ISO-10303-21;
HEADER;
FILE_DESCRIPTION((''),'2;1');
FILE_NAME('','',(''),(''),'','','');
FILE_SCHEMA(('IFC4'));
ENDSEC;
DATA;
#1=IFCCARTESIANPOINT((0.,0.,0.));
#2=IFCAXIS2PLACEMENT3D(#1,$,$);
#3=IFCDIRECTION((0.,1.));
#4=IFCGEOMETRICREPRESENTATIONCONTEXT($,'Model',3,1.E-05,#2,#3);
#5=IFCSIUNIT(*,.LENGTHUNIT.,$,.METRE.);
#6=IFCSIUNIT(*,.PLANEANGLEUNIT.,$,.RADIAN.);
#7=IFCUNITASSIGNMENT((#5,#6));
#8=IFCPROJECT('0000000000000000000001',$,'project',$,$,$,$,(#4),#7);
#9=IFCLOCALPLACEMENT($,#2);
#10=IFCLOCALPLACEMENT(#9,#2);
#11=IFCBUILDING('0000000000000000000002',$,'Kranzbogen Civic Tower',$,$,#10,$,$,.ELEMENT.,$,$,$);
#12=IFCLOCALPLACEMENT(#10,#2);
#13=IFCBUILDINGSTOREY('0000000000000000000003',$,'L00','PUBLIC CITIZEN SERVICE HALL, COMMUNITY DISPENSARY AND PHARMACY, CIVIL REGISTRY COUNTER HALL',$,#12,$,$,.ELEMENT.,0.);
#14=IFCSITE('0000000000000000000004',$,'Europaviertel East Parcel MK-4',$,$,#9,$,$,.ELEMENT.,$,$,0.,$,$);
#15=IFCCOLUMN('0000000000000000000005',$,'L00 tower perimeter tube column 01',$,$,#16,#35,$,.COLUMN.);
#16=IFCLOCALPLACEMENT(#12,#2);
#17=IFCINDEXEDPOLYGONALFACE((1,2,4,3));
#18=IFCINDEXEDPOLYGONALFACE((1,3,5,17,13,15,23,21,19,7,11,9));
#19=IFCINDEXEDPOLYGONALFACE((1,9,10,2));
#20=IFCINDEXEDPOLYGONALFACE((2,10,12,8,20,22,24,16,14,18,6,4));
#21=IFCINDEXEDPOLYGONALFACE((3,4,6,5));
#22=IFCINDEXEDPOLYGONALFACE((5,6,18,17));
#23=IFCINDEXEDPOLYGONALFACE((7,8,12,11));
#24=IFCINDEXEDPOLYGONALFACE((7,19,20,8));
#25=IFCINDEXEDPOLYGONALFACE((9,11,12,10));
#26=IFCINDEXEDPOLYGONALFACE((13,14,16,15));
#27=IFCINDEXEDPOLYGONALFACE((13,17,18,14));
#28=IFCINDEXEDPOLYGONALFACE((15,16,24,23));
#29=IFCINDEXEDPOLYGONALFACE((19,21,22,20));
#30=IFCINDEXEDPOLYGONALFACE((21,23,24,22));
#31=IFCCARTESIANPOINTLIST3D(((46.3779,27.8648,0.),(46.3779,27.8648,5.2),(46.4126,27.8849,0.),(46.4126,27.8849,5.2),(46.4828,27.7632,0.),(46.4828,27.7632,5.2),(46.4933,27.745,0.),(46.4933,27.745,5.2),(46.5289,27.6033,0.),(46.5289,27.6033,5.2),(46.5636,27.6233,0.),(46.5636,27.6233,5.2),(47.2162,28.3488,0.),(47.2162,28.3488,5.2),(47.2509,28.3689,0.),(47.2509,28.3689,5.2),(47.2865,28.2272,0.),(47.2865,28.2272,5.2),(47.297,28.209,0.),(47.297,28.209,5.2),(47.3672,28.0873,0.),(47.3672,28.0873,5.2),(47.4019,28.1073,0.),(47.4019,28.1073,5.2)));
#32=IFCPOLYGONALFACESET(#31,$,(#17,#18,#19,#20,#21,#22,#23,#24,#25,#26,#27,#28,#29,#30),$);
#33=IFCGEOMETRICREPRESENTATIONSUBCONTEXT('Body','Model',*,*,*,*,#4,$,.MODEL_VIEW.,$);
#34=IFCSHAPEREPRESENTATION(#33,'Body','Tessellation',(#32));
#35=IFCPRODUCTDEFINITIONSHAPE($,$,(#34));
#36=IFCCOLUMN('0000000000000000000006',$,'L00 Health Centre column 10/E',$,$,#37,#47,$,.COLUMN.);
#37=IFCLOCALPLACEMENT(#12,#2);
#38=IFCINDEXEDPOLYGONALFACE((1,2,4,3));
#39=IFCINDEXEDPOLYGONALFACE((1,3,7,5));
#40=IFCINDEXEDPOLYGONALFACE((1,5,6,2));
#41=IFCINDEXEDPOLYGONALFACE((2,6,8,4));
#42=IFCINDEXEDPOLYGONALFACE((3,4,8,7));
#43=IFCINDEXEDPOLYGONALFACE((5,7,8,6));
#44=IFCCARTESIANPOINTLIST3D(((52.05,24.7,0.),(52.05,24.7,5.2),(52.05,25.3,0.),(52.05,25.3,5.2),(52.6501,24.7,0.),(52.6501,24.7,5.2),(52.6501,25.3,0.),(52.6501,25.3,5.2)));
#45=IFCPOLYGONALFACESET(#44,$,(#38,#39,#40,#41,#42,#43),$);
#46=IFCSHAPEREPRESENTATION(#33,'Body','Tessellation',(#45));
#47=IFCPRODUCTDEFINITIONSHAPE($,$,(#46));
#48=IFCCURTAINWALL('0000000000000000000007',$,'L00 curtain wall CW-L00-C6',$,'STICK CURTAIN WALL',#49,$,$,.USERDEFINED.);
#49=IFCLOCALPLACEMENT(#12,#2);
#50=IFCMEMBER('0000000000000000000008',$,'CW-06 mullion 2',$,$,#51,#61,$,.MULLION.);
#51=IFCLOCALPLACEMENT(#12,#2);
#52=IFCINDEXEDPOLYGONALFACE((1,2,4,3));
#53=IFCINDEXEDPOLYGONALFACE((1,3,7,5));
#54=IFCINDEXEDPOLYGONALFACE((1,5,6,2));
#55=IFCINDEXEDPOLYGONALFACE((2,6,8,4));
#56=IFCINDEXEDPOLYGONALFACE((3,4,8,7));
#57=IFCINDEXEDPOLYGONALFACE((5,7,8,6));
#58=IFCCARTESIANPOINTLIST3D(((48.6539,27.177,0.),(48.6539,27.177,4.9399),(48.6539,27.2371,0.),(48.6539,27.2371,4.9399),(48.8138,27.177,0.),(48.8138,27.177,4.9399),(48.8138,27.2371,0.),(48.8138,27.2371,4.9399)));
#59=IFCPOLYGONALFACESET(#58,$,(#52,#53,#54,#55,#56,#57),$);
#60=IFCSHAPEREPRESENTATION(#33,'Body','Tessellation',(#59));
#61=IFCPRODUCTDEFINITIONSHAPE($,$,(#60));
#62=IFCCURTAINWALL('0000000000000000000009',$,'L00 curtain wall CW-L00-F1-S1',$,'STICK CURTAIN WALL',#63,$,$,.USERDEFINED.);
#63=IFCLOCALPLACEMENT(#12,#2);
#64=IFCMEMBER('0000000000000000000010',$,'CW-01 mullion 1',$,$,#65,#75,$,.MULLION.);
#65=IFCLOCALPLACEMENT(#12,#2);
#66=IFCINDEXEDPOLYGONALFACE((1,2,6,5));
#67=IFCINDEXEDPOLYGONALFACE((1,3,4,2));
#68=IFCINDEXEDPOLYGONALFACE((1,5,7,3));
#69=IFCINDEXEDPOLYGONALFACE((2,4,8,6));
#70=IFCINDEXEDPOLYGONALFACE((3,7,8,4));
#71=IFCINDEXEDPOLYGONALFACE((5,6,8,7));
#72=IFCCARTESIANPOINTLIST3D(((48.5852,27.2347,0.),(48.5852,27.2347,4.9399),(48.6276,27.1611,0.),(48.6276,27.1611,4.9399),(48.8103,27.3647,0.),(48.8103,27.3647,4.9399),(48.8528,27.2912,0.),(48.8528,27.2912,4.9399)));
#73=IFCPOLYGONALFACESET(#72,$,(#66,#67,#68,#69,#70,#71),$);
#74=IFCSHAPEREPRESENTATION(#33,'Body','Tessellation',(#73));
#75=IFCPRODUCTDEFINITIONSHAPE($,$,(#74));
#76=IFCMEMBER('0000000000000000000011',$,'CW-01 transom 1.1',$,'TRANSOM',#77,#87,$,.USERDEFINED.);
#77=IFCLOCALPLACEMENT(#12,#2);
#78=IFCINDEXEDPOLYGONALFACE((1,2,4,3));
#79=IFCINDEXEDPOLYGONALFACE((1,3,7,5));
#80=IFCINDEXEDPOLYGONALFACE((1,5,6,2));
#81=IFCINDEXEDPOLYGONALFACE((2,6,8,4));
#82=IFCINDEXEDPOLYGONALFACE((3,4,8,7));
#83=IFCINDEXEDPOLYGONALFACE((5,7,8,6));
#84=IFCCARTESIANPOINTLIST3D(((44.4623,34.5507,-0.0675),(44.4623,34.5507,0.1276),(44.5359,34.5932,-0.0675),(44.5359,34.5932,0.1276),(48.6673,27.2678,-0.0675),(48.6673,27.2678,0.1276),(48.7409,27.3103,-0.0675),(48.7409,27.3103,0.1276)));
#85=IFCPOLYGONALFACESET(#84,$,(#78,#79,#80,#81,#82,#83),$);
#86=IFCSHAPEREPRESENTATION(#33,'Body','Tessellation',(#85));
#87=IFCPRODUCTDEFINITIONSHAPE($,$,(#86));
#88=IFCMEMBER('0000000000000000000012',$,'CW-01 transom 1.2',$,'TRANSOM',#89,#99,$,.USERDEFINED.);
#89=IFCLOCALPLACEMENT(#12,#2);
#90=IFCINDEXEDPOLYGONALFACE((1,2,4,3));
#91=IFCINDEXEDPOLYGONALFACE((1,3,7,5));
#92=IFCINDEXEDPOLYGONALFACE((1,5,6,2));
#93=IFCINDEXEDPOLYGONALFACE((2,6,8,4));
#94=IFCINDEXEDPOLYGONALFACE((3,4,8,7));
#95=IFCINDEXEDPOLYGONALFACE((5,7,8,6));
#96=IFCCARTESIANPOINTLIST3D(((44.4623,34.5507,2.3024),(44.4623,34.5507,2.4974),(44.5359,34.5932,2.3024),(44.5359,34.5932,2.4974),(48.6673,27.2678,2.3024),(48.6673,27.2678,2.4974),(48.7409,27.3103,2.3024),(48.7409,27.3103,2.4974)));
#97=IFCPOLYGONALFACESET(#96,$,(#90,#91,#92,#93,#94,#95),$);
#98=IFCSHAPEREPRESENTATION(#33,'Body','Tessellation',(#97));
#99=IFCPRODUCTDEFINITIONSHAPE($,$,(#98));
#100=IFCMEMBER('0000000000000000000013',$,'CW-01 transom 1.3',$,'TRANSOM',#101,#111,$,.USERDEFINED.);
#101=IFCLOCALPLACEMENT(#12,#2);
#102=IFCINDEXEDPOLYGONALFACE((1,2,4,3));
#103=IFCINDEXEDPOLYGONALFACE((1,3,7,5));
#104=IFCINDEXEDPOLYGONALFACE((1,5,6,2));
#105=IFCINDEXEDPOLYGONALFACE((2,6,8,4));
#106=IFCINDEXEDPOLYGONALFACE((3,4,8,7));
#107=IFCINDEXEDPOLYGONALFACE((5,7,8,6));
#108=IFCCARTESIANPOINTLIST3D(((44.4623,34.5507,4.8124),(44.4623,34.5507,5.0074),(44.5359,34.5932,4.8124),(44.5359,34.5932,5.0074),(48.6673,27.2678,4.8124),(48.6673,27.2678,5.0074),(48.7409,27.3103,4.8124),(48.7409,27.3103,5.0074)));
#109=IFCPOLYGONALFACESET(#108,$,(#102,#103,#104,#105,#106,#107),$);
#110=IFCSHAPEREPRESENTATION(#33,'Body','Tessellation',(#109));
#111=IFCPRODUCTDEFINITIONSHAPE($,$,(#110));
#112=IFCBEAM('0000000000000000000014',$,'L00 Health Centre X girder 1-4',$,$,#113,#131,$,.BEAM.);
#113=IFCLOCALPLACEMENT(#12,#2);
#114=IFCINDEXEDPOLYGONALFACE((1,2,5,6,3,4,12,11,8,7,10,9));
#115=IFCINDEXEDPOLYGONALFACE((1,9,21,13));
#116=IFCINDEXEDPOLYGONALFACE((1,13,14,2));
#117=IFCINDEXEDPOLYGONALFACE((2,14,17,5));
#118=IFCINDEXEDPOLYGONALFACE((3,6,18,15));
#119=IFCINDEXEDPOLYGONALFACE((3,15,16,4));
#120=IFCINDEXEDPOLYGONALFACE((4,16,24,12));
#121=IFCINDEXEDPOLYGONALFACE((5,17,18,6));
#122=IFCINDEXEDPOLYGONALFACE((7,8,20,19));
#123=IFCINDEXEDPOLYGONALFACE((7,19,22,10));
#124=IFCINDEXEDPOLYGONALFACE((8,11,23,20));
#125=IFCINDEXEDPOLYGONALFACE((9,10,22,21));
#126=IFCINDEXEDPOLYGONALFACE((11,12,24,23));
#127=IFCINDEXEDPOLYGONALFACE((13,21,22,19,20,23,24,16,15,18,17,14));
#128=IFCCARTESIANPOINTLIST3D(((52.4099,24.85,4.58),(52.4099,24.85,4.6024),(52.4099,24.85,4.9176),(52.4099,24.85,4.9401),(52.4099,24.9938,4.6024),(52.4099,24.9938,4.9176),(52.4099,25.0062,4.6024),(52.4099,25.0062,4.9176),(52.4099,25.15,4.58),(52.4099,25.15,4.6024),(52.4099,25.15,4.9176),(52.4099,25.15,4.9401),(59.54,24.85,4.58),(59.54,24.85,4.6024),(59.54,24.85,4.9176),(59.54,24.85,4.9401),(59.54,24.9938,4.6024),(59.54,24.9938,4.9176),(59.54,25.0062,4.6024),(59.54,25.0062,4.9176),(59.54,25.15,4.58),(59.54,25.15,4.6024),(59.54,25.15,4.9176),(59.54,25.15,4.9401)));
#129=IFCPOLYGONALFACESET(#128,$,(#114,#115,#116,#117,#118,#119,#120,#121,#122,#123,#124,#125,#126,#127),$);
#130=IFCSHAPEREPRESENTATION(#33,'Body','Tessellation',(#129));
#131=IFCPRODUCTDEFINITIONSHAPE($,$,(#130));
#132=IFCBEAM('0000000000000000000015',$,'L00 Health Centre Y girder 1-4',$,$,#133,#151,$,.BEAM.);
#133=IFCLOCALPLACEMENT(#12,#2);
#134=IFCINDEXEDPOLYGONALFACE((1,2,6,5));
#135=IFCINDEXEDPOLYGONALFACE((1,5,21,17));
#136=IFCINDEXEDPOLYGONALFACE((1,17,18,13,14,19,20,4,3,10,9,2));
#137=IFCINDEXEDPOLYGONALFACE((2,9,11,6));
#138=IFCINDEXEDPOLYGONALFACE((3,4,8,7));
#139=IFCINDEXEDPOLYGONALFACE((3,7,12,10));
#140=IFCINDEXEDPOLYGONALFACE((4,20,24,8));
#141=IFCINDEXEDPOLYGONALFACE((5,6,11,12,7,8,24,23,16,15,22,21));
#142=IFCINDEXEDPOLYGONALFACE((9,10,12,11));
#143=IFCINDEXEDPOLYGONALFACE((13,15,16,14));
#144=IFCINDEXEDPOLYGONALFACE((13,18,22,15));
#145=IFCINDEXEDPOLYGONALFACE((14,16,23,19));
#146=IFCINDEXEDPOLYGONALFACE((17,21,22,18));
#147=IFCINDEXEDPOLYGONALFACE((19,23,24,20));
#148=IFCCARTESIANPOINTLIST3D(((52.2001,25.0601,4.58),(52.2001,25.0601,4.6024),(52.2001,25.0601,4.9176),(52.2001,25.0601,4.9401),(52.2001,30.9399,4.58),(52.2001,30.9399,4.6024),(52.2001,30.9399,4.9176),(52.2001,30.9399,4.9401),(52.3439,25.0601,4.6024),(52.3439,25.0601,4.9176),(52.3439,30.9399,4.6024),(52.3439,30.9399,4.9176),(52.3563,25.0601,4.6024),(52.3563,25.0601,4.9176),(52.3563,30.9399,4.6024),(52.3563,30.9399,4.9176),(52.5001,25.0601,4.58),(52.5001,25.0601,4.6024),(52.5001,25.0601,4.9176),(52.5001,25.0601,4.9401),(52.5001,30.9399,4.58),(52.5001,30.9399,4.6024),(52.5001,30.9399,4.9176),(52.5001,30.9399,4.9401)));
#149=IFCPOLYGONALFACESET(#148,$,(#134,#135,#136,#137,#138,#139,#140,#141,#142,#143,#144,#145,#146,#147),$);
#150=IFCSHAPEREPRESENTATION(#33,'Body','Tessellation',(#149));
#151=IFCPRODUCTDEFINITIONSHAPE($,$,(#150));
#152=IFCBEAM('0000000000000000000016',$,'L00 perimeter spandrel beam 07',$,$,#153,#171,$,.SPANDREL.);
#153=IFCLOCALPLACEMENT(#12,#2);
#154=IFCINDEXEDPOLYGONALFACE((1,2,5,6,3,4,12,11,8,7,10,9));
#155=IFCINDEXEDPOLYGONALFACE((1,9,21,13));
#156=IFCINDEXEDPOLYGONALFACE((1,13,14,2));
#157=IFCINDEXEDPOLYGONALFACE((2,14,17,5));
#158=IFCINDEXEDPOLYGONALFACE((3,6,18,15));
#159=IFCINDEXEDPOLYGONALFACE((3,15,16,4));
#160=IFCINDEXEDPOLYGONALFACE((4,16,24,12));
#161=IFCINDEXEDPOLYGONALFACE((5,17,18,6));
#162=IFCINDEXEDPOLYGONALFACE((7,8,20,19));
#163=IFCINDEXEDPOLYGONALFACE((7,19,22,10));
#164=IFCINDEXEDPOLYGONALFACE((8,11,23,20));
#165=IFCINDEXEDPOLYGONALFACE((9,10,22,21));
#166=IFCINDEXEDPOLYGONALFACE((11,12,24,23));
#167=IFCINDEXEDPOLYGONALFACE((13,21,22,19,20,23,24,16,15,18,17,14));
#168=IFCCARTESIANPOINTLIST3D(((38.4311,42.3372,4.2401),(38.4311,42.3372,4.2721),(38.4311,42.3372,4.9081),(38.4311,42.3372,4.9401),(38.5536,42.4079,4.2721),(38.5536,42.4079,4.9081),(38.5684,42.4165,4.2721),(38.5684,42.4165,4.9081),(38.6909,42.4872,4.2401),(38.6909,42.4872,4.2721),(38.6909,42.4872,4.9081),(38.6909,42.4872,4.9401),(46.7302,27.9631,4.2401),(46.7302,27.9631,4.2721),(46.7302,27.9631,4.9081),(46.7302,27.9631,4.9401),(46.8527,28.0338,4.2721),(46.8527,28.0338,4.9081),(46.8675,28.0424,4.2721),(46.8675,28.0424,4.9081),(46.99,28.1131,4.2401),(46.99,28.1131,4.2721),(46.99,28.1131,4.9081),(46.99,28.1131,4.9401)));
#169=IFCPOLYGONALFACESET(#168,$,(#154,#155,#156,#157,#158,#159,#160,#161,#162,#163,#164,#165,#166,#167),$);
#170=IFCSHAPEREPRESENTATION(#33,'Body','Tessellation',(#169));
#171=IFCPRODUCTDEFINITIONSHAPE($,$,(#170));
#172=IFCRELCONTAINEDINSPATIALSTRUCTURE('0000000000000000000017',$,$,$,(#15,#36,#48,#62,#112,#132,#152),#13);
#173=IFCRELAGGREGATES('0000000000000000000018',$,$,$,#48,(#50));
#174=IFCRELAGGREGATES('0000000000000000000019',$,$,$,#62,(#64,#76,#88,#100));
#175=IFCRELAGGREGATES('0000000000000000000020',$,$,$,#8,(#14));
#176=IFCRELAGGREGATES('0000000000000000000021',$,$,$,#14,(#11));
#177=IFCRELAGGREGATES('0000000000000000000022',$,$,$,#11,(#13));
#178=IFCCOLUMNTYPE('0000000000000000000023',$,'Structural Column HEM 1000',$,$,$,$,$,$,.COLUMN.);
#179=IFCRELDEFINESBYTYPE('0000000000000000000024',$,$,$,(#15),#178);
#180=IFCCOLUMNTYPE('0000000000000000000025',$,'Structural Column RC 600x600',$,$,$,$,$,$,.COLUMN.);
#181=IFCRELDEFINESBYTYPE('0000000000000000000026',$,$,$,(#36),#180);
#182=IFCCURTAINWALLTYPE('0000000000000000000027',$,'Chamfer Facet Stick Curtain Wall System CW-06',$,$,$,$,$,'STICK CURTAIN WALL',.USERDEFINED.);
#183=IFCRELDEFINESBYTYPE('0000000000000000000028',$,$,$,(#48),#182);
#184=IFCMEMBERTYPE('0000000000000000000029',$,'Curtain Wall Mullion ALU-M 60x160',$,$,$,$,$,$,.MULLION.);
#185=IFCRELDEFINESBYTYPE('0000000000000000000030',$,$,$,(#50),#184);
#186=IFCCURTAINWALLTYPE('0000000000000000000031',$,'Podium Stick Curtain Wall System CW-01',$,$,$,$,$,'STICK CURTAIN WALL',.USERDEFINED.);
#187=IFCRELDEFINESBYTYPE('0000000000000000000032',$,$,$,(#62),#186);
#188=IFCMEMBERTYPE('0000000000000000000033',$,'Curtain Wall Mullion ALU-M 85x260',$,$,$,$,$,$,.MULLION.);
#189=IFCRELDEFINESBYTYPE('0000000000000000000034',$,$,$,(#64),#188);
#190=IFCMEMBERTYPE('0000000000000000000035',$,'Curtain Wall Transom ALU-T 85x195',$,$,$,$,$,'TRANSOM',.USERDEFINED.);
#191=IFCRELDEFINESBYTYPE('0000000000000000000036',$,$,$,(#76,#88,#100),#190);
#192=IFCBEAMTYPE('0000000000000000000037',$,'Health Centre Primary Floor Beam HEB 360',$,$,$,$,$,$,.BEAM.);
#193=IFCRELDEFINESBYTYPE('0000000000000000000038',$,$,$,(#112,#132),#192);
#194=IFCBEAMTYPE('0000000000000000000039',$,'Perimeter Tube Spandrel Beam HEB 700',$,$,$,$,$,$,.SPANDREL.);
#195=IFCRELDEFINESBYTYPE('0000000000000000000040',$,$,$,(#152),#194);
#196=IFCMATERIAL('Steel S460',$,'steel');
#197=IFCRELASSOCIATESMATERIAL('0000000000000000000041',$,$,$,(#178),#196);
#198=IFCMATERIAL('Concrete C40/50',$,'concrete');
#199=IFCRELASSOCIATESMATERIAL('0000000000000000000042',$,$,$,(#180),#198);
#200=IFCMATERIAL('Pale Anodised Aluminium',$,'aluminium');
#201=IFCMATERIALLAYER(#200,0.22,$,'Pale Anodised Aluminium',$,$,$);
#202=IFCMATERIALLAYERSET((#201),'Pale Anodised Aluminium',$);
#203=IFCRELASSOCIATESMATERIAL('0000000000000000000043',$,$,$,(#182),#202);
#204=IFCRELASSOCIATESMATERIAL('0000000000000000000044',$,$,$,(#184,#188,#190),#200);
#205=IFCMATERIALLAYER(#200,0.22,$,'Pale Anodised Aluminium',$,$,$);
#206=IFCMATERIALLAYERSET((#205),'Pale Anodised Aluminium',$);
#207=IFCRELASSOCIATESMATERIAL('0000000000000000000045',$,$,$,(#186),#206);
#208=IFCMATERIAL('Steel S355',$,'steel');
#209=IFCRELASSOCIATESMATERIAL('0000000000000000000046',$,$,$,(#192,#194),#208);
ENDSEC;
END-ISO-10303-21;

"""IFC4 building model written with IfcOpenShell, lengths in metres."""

from ifc_helpers import new_model, si_unit, direction, frame, origin, origin_2d, place, context, subcontext, project, spatial, rectangle, i_section, extrude, material, layer, layer_set, material_profile, profile_set, type_object, element, aggregate, save


model = new_model("IFC4")

# Units and contexts
model_context = context("Model", 3, precision=1e-05, world=origin(), true_north=direction((0.0, 1.0)))
body_context = subcontext(model_context, "Body", "Model", "MODEL_VIEW")
ifc_project = project(units=[si_unit("LENGTHUNIT", "METRE"), si_unit("PLANEANGLEUNIT", "RADIAN")], contexts=[model_context])

# Site, building, storey
site_placement = place(None, origin())
site = spatial("IfcSite", under=ifc_project, at=site_placement, Name="Europaviertel East Parcel MK-4", CompositionType="ELEMENT", RefElevation=0.0)
building_placement = place(site_placement, origin())
building = spatial("IfcBuilding", under=site, at=building_placement, Name="Kranzbogen Civic Tower", CompositionType="ELEMENT")
storey_placement = place(building_placement, origin())
storey = spatial("IfcBuildingStorey", under=building, at=storey_placement, Name="L00", Description="PUBLIC CITIZEN SERVICE HALL, COMMUNITY DISPENSARY AND PHARMACY, CIVIL REGISTRY COUNTER HALL", CompositionType="ELEMENT", Elevation=0.0)

# Columns
ifc_material_1 = material(Name="Steel S460", Category="steel")
ifc_material_profile_1 = material_profile(ifc_material_1, i_section(OverallWidth=0.302, OverallDepth=1.0081, WebThickness=0.021, FlangeThickness=0.04, at=origin_2d()), Name="HEM 1000")
ifc_profile_set_1 = profile_set([ifc_material_profile_1], Name="Steel S460")
column_type_1 = type_object("IfcColumnType", Name="Structural Column HEM 1000", PredefinedType="COLUMN", material=ifc_profile_set_1)
column_1_placement = place(storey_placement, frame((46.8899, 27.9861, 0.0), z_axis=(0.0, 0.0, 1.0), x_axis=(-0.5, 0.866025, 0.0)))
element("IfcColumn", 1, at=column_1_placement, inside=storey, type_object=column_type_1, Name="L00 tower perimeter tube column 01", PredefinedType="COLUMN", context=body_context, shape_type="SweptSolid", body=[
    extrude(i_section(OverallWidth=0.302, OverallDepth=1.0081, WebThickness=0.021, FlangeThickness=0.04, at=origin_2d()), origin(), (0.0, 0.0, 1.0), 5.2),
])
ifc_material_2 = material(Name="Concrete C40/50", Category="concrete")
ifc_material_profile_2 = material_profile(ifc_material_2, rectangle(XDim=0.6001, YDim=0.6001, at=origin_2d()), Name="RC 600x600")
ifc_profile_set_2 = profile_set([ifc_material_profile_2], Name="Concrete C40/50")
column_type_2 = type_object("IfcColumnType", Name="Structural Column RC 600x600", PredefinedType="COLUMN", material=ifc_profile_set_2)
column_2_placement = place(storey_placement, frame((52.3501, 25.0, 0.0), z_axis=(0.0, 0.0, 1.0), x_axis=(1.0, 0.0, 0.0)))
element("IfcColumn", 2, at=column_2_placement, inside=storey, type_object=column_type_2, Name="L00 Health Centre column 10/E", PredefinedType="COLUMN", context=body_context, shape_type="SweptSolid", body=[
    extrude(rectangle(XDim=0.6001, YDim=0.6001, at=origin_2d()), origin(), (0.0, 0.0, 1.0), 5.2),
])

# Curtain wall, member
ifc_material_3 = material(Name="Pale Anodised Aluminium", Category="aluminium")
ifc_layer_1 = layer(ifc_material_3, 0.22, Name="Pale Anodised Aluminium")
ifc_layer_set_1 = layer_set([ifc_layer_1], Name="Pale Anodised Aluminium")
curtain_wall_type_1 = type_object("IfcCurtainWallType", Name="Chamfer Facet Stick Curtain Wall System CW-06", ElementType="STICK CURTAIN WALL", PredefinedType="USERDEFINED", material=ifc_layer_set_1)
curtain_wall_1_placement = place(storey_placement, origin())
curtain_wall_1 = element("IfcCurtainWall", 3, at=curtain_wall_1_placement, inside=storey, type_object=curtain_wall_type_1, Name="L00 curtain wall CW-L00-C6", ObjectType="STICK CURTAIN WALL", PredefinedType="USERDEFINED")
ifc_material_profile_3 = material_profile(ifc_material_3, rectangle(XDim=0.0601, YDim=0.1599, at=origin_2d()), Name="ALU-M 60x160")
ifc_profile_set_3 = profile_set([ifc_material_profile_3], Name="Pale Anodised Aluminium")
member_type_1 = type_object("IfcMemberType", Name="Curtain Wall Mullion ALU-M 60x160", PredefinedType="MULLION", material=ifc_profile_set_3)
member_1_placement = place(storey_placement, frame((48.7339, 27.207, 0.0), z_axis=(0.0, 0.0, 1.0), x_axis=(0.0, 1.0, 0.0)))
member_1 = element("IfcMember", 4, at=member_1_placement, type_object=member_type_1, Name="CW-06 mullion 2", PredefinedType="MULLION", context=body_context, shape_type="SweptSolid", body=[
    extrude(rectangle(XDim=0.0601, YDim=0.1599, at=origin_2d()), origin(), (0.0, 0.0, 1.0), 4.9399),
])

# Curtain wall, members
ifc_layer_2 = layer(ifc_material_3, 0.22, Name="Pale Anodised Aluminium")
ifc_layer_set_2 = layer_set([ifc_layer_2], Name="Pale Anodised Aluminium")
curtain_wall_type_2 = type_object("IfcCurtainWallType", Name="Podium Stick Curtain Wall System CW-01", ElementType="STICK CURTAIN WALL", PredefinedType="USERDEFINED", material=ifc_layer_set_2)
curtain_wall_2_placement = place(storey_placement, origin())
curtain_wall_2 = element("IfcCurtainWall", 5, at=curtain_wall_2_placement, inside=storey, type_object=curtain_wall_type_2, Name="L00 curtain wall CW-L00-F1-S1", ObjectType="STICK CURTAIN WALL", PredefinedType="USERDEFINED")
ifc_material_profile_4 = material_profile(ifc_material_3, rectangle(XDim=0.085, YDim=0.26, at=origin_2d()), Name="ALU-M 85x260")
ifc_profile_set_4 = profile_set([ifc_material_profile_4], Name="Pale Anodised Aluminium")
member_type_2 = type_object("IfcMemberType", Name="Curtain Wall Mullion ALU-M 85x260", PredefinedType="MULLION", material=ifc_profile_set_4)
member_2_placement = place(storey_placement, frame((48.719, 27.2629, 0.0), z_axis=(0.0, 0.0, 1.0), x_axis=(-0.50001, 0.86602, 0.0)))
member_2 = element("IfcMember", 6, at=member_2_placement, type_object=member_type_2, Name="CW-01 mullion 1", PredefinedType="MULLION", context=body_context, shape_type="SweptSolid", body=[
    extrude(rectangle(XDim=0.085, YDim=0.26, at=origin_2d()), origin(), (0.0, 0.0, 1.0), 4.9399),
])
ifc_material_profile_5 = material_profile(ifc_material_3, rectangle(XDim=0.085, YDim=0.1951, at=origin_2d()), Name="ALU-T 85x195")
ifc_profile_set_5 = profile_set([ifc_material_profile_5], Name="Pale Anodised Aluminium")
member_type_3 = type_object("IfcMemberType", Name="Curtain Wall Transom ALU-T 85x195", ElementType="TRANSOM", PredefinedType="USERDEFINED", material=ifc_profile_set_5)
member_3_placement = place(storey_placement, frame((48.7041, 27.2891, 0.03), z_axis=(-0.500023, 0.866012, 0.0), x_axis=(-0.866012, -0.500023, 0.0)))
member_3 = element("IfcMember", 7, at=member_3_placement, type_object=member_type_3, Name="CW-01 transom 1.1", ObjectType="TRANSOM", PredefinedType="USERDEFINED", context=body_context, shape_type="SweptSolid", body=[
    extrude(rectangle(XDim=0.085, YDim=0.1951, at=origin_2d()), origin(), (0.0, 0.0, 1.0), 8.4097),
])
member_4_placement = place(storey_placement, frame((48.7041, 27.2891, 2.3999), z_axis=(-0.500023, 0.866012, 0.0), x_axis=(-0.866012, -0.500023, 0.0)))
member_4 = element("IfcMember", 8, at=member_4_placement, type_object=member_type_3, Name="CW-01 transom 1.2", ObjectType="TRANSOM", PredefinedType="USERDEFINED", context=body_context, shape_type="SweptSolid", body=[
    extrude(rectangle(XDim=0.085, YDim=0.1951, at=origin_2d()), origin(), (0.0, 0.0, 1.0), 8.4097),
])
member_5_placement = place(storey_placement, frame((48.7041, 27.2891, 4.9099), z_axis=(-0.500023, 0.866012, 0.0), x_axis=(-0.866012, -0.500023, 0.0)))
member_5 = element("IfcMember", 9, at=member_5_placement, type_object=member_type_3, Name="CW-01 transom 1.3", ObjectType="TRANSOM", PredefinedType="USERDEFINED", context=body_context, shape_type="SweptSolid", body=[
    extrude(rectangle(XDim=0.085, YDim=0.1951, at=origin_2d()), origin(), (0.0, 0.0, 1.0), 8.4097),
])

# Beams
ifc_material_4 = material(Name="Steel S355", Category="steel")
ifc_material_profile_6 = material_profile(ifc_material_4, i_section(OverallWidth=0.3, OverallDepth=0.3601, WebThickness=0.0125, FlangeThickness=0.0225, at=origin_2d()), Name="HEB 360")
ifc_profile_set_6 = profile_set([ifc_material_profile_6], Name="Steel S355")
beam_type_1 = type_object("IfcBeamType", Name="Health Centre Primary Floor Beam HEB 360", PredefinedType="BEAM", material=ifc_profile_set_6)
beam_1_placement = place(storey_placement, frame((52.4099, 25.0, 4.76), z_axis=(1.0, 0.0, 0.0), x_axis=(0.0, 1.0, 0.0)))
element("IfcBeam", 10, at=beam_1_placement, inside=storey, type_object=beam_type_1, Name="L00 Health Centre X girder 1-4", PredefinedType="BEAM", context=body_context, shape_type="SweptSolid", body=[
    extrude(i_section(OverallWidth=0.3, OverallDepth=0.3601, WebThickness=0.0125, FlangeThickness=0.0225, at=origin_2d()), origin(), (0.0, 0.0, 1.0), 7.1301),
])
beam_2_placement = place(storey_placement, frame((52.3501, 25.0601, 4.76), z_axis=(0.0, 1.0, 0.0), x_axis=(-1.0, 0.0, 0.0)))
element("IfcBeam", 11, at=beam_2_placement, inside=storey, type_object=beam_type_1, Name="L00 Health Centre Y girder 1-4", PredefinedType="BEAM", context=body_context, shape_type="SweptSolid", body=[
    extrude(i_section(OverallWidth=0.3, OverallDepth=0.3601, WebThickness=0.0125, FlangeThickness=0.0225, at=origin_2d()), origin(), (0.0, 0.0, 1.0), 5.8799),
])
ifc_material_profile_7 = material_profile(ifc_material_4, i_section(OverallWidth=0.3, OverallDepth=0.7, WebThickness=0.0171, FlangeThickness=0.032, at=origin_2d()), Name="HEB 700")
ifc_profile_set_7 = profile_set([ifc_material_profile_7], Name="Steel S355")
beam_type_2 = type_object("IfcBeamType", Name="Perimeter Tube Spandrel Beam HEB 700", PredefinedType="SPANDREL", material=ifc_profile_set_7)
beam_3_placement = place(storey_placement, frame((46.8601, 28.0381, 4.5901), z_axis=(-0.50001, 0.86602, 0.0), x_axis=(-0.86602, -0.50001, 0.0)))
element("IfcBeam", 12, at=beam_3_placement, inside=storey, type_object=beam_type_2, Name="L00 perimeter spandrel beam 07", PredefinedType="SPANDREL", context=body_context, shape_type="SweptSolid", body=[
    extrude(i_section(OverallWidth=0.3, OverallDepth=0.7, WebThickness=0.0171, FlangeThickness=0.032, at=origin_2d()), origin(), (0.0, 0.0, 1.0), 16.5979),
])

aggregate(curtain_wall_1, [member_1])
aggregate(curtain_wall_2, [member_2, member_3, member_4, member_5])

save(model, "model.ifc")
